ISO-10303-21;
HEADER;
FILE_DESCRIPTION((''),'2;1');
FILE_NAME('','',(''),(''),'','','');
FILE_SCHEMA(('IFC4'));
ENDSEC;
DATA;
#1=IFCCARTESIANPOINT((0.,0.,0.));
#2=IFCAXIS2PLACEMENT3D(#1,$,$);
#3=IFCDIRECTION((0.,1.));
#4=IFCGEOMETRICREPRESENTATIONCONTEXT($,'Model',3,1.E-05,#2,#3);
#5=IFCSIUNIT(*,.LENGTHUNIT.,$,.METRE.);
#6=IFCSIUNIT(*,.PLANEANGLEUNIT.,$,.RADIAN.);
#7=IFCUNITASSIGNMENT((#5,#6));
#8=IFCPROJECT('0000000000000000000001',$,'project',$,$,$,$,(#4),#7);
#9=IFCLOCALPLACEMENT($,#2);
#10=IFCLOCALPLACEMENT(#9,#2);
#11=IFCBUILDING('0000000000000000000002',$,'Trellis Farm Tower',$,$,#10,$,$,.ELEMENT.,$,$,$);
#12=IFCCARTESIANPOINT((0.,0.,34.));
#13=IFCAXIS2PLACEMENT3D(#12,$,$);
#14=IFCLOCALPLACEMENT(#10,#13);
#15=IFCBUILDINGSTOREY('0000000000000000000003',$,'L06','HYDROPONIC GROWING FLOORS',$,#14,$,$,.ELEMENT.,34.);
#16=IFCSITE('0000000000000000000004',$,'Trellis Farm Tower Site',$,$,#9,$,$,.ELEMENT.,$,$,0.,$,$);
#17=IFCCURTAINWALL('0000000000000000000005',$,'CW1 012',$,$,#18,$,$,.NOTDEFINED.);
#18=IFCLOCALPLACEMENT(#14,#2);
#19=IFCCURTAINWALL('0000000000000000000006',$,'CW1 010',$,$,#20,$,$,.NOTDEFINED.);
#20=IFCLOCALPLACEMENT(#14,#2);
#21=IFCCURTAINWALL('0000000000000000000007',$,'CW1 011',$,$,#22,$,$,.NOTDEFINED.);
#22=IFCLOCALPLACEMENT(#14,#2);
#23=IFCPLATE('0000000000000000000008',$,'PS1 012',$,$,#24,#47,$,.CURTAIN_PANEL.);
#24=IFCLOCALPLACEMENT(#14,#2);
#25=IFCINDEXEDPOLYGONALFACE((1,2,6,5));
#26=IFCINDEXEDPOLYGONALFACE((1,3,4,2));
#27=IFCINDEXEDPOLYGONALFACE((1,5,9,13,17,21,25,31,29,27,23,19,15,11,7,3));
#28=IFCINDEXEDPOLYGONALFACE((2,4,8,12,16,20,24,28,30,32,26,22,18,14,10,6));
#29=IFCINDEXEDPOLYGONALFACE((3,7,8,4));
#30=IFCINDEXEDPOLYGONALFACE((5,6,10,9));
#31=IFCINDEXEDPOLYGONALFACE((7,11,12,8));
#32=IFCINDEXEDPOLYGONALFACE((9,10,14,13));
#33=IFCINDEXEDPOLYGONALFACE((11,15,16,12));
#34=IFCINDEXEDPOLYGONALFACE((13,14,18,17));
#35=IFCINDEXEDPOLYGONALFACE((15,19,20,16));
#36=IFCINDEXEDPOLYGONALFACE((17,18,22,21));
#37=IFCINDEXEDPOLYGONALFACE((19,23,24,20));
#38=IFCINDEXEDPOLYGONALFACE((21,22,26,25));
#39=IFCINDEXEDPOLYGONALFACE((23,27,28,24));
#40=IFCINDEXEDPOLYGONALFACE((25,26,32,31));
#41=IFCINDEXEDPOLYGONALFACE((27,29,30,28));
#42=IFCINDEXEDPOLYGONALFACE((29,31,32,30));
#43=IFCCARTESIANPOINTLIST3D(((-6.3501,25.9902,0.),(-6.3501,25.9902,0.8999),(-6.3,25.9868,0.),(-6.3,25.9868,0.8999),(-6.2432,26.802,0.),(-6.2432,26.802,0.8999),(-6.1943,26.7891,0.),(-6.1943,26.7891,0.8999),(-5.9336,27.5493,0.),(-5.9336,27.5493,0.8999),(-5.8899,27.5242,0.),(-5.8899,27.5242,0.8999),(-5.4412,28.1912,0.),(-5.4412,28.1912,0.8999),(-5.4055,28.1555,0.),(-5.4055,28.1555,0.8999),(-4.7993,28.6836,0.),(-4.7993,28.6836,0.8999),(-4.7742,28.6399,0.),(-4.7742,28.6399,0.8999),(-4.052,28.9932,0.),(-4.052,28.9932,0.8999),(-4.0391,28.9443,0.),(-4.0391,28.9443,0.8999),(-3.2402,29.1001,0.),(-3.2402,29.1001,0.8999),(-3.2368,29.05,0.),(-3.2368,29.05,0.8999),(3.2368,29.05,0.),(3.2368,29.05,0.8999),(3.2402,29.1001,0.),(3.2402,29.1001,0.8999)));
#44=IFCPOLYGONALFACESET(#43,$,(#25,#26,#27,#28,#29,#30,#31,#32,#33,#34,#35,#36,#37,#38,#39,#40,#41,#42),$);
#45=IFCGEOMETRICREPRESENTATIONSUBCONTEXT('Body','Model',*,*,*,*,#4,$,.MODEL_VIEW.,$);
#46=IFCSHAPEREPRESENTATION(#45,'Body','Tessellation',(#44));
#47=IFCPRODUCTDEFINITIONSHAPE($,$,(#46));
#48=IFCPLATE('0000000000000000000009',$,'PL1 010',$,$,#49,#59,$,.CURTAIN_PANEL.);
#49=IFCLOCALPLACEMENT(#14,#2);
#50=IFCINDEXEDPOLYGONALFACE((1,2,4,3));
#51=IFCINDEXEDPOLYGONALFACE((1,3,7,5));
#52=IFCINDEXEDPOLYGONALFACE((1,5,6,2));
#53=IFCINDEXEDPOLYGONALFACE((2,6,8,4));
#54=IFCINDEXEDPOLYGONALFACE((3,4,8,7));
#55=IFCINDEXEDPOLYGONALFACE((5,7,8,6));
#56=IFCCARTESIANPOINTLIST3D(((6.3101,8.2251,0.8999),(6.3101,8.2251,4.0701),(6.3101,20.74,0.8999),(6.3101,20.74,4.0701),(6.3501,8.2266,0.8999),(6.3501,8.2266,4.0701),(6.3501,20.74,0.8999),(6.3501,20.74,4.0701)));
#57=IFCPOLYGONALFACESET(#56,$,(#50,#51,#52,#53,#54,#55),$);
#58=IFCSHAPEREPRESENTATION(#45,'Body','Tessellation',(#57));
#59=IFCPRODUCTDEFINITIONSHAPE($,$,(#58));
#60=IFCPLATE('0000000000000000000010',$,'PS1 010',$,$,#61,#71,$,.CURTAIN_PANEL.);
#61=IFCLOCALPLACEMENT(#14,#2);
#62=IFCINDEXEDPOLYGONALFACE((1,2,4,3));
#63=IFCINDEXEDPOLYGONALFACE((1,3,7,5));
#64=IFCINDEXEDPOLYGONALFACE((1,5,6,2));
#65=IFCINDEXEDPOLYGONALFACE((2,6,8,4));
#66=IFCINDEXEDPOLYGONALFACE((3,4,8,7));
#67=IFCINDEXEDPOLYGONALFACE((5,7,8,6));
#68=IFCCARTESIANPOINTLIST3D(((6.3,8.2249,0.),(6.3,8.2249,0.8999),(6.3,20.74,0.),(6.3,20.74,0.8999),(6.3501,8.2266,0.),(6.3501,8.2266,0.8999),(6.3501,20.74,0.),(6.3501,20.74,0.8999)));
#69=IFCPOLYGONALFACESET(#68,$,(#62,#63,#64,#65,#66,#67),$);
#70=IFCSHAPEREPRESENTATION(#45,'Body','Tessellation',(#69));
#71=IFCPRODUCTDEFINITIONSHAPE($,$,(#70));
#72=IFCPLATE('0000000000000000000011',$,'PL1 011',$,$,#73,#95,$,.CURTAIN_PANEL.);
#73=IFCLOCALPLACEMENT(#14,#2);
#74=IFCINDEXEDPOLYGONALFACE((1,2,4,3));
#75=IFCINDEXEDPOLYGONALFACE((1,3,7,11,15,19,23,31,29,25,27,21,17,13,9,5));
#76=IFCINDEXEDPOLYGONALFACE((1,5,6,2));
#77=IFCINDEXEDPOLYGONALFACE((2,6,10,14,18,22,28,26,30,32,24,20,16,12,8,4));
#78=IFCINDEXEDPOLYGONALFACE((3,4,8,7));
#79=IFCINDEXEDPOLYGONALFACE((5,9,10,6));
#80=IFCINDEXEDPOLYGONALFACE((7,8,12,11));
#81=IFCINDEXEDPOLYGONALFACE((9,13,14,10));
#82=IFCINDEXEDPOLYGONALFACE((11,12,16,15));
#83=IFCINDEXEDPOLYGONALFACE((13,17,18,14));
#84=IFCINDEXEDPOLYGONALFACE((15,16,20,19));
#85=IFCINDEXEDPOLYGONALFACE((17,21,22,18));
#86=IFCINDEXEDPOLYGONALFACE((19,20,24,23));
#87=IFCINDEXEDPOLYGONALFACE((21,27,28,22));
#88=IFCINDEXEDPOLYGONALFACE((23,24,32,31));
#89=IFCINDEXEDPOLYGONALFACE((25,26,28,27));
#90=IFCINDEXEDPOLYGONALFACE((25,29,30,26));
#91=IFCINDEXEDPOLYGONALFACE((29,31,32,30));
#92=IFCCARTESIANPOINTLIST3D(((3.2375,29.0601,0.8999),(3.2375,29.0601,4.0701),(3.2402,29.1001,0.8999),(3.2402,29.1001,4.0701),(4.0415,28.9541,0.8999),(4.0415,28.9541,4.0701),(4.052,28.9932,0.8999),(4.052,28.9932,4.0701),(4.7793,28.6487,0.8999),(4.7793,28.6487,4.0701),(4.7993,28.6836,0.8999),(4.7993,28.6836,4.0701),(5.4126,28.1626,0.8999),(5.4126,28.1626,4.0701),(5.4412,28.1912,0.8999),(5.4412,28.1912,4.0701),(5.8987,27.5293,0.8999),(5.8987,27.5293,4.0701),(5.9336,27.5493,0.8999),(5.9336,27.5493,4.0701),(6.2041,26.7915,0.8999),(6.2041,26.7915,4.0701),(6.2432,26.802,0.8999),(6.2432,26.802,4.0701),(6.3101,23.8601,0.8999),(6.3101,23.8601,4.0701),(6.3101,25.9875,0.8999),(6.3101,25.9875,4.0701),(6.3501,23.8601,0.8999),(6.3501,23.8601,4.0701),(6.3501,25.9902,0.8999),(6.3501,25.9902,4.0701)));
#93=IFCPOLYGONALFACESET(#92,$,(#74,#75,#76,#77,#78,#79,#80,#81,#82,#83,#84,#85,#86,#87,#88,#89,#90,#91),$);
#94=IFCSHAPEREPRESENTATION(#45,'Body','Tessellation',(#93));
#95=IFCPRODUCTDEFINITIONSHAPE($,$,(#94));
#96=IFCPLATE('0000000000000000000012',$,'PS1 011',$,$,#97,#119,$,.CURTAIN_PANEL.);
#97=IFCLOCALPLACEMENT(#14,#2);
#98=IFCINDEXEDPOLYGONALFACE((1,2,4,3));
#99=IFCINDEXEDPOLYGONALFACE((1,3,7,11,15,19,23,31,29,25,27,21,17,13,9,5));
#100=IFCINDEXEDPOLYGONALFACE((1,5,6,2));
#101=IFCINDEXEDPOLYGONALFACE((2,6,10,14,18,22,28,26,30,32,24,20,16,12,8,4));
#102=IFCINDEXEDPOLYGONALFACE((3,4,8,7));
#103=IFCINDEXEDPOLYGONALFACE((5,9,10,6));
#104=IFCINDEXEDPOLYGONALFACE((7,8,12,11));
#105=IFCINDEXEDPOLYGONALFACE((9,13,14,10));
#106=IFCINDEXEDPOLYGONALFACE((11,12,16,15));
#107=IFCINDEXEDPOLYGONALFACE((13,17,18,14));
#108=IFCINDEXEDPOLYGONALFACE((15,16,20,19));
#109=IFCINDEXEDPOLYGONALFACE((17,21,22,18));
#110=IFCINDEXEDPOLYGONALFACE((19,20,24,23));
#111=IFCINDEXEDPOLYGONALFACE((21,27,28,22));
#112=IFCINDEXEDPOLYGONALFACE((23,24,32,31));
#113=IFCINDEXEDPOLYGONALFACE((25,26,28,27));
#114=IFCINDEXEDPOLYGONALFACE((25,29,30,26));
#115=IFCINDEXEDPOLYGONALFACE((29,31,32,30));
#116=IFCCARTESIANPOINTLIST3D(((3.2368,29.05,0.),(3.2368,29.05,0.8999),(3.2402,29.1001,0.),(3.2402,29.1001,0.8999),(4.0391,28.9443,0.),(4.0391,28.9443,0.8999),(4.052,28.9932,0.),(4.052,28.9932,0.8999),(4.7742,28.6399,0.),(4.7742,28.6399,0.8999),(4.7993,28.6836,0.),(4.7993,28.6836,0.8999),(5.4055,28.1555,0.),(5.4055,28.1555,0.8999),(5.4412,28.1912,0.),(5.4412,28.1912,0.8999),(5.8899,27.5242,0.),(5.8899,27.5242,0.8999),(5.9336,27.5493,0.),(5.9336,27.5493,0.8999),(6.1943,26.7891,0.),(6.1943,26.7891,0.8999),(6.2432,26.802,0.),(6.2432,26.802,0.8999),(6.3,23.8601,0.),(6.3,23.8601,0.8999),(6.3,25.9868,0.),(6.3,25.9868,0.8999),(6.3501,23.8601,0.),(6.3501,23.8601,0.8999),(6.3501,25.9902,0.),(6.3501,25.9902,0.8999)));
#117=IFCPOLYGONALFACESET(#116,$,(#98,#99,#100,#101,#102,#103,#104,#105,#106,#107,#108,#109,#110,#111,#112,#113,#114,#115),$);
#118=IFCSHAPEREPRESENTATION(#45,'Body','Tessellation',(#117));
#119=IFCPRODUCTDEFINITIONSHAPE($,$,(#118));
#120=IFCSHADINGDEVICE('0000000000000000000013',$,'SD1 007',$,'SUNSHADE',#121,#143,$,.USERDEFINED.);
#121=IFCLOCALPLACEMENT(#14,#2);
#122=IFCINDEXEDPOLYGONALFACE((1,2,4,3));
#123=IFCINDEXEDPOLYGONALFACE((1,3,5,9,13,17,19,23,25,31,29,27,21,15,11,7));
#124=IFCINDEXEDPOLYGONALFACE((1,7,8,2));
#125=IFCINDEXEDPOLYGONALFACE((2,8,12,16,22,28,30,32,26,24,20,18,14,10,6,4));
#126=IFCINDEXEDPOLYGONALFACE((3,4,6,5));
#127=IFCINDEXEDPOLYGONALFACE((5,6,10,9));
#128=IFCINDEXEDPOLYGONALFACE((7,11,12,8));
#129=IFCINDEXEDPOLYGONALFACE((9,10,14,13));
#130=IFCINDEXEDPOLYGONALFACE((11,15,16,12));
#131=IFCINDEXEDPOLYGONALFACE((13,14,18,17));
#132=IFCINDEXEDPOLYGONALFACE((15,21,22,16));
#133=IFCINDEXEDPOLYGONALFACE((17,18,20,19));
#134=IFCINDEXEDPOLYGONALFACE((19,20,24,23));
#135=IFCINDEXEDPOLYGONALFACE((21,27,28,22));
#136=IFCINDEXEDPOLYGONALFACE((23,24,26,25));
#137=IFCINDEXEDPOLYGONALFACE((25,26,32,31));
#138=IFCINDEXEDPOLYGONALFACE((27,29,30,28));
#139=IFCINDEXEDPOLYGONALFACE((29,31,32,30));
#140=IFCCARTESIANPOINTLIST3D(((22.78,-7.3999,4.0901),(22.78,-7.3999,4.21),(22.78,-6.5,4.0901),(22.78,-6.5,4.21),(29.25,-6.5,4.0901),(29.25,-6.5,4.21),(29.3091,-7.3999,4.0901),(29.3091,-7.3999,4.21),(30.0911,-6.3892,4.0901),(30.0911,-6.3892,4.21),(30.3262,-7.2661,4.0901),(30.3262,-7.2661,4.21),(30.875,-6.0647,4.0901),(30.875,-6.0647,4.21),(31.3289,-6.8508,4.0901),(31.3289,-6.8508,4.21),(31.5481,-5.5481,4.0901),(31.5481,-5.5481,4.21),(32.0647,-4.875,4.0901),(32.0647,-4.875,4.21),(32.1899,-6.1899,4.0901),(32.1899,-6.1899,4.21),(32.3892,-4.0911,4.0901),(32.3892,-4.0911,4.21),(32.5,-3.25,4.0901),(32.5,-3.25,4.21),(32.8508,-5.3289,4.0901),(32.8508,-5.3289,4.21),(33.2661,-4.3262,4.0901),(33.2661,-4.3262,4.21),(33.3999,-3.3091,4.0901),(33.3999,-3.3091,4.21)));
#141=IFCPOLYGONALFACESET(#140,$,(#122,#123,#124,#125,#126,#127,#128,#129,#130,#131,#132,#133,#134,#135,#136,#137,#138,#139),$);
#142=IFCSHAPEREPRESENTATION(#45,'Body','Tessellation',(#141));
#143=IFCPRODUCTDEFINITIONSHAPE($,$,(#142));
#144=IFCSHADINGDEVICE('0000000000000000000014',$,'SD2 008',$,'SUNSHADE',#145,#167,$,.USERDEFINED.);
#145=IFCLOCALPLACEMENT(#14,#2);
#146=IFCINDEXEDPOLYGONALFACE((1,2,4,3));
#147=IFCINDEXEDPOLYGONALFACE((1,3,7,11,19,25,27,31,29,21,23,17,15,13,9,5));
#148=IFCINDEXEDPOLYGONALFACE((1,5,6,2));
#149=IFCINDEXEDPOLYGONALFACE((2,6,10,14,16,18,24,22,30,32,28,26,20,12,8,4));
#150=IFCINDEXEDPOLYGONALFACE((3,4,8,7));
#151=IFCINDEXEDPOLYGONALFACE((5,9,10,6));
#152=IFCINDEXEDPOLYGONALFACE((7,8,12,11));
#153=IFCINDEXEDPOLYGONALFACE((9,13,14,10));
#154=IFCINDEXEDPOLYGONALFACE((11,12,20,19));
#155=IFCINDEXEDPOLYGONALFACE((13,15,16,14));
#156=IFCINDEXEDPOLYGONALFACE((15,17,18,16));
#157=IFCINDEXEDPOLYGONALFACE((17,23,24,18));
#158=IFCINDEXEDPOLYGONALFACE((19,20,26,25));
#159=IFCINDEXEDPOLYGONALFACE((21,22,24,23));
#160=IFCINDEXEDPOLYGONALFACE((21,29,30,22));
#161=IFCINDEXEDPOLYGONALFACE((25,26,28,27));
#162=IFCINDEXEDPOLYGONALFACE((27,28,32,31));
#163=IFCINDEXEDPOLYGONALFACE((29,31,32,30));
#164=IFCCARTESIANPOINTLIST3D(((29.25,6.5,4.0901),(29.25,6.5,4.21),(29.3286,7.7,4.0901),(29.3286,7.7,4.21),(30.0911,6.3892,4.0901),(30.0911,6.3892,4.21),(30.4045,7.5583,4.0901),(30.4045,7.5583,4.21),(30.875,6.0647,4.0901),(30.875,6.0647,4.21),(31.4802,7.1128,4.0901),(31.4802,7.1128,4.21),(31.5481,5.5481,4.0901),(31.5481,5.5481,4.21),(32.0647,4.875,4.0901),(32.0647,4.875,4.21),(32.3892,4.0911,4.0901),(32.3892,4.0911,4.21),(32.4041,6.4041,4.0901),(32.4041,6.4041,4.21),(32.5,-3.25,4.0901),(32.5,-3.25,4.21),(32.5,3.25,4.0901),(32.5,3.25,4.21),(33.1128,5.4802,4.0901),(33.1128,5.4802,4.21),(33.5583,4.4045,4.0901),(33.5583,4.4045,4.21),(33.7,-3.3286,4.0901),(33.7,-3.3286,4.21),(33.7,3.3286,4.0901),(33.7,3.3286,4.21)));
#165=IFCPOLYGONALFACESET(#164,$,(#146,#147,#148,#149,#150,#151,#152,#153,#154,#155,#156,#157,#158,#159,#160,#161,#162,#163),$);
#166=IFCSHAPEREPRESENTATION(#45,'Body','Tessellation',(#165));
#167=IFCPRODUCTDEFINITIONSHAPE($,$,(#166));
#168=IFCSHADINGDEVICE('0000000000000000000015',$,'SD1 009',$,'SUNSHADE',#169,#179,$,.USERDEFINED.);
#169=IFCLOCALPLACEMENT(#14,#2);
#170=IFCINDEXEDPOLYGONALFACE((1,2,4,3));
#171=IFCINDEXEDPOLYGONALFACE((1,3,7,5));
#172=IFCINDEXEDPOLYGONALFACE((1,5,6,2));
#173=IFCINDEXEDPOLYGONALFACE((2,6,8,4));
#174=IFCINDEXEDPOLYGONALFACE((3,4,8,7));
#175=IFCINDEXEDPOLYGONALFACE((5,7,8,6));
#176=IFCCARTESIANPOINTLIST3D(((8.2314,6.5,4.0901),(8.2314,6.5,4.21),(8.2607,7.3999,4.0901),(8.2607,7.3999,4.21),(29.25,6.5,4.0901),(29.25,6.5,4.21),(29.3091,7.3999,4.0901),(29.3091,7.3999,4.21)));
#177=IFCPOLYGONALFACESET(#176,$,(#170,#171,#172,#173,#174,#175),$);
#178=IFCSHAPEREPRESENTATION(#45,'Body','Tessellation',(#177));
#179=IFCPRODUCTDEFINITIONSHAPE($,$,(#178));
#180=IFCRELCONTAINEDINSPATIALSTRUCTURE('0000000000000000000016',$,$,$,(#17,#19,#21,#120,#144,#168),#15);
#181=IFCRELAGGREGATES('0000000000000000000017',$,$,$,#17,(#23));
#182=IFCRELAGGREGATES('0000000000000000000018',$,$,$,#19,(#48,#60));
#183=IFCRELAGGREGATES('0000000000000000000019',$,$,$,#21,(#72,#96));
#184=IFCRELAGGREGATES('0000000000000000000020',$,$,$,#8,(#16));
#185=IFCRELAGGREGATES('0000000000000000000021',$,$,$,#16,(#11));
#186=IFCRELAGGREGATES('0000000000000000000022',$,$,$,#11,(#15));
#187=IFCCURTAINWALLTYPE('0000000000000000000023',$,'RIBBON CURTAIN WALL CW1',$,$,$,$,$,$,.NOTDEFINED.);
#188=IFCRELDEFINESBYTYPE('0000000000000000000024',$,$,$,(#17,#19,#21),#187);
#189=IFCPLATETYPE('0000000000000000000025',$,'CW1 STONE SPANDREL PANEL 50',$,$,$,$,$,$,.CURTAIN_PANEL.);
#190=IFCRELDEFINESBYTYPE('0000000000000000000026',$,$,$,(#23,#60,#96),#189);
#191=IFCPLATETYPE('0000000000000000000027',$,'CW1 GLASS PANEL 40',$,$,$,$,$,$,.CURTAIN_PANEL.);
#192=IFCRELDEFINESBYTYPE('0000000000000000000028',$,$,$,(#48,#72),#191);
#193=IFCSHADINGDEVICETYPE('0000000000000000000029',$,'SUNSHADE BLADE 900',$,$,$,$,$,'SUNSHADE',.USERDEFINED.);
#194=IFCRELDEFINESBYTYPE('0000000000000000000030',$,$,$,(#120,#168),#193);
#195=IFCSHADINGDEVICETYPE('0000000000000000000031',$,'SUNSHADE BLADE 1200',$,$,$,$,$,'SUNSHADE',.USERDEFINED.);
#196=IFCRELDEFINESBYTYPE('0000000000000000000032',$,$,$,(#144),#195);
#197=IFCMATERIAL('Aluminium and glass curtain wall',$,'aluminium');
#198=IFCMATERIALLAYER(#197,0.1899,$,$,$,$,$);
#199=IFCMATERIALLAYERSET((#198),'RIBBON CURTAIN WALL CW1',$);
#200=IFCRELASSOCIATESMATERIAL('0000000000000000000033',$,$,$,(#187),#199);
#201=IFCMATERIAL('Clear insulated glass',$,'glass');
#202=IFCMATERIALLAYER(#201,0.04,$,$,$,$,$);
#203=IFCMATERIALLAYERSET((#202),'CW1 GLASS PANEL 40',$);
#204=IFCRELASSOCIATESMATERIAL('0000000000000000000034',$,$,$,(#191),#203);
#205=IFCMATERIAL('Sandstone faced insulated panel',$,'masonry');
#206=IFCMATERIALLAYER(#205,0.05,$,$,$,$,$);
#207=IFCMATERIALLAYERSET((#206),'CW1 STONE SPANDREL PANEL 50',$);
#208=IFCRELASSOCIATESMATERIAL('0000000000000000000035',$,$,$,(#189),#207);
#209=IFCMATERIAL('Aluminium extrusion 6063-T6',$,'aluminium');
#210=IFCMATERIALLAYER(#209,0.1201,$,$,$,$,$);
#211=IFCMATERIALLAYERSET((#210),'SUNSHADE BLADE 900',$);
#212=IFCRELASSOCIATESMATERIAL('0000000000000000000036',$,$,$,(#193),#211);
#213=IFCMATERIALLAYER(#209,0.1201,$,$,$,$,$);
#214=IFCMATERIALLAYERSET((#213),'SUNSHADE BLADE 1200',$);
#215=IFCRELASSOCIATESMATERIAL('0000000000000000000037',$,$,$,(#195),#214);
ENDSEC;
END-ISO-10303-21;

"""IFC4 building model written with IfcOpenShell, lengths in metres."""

from ifc_helpers import new_model, si_unit, direction, frame, origin, place, context, subcontext, project, spatial, polyline, outline, extrude, source, transform, mapped, material, layer, layer_set, type_object, element, aggregate, save


model = new_model("IFC4")

# Units and contexts
model_context = context("Model", 3, precision=1e-05, world=origin(), true_north=direction((0.0, 1.0)))
body_context = subcontext(model_context, "Body", "Model", "MODEL_VIEW")
ifc_project = project(units=[si_unit("LENGTHUNIT", "METRE"), si_unit("PLANEANGLEUNIT", "RADIAN")], contexts=[model_context])

# Site, building, storey
site_placement = place(None, origin())
site = spatial("IfcSite", under=ifc_project, at=site_placement, Name="Trellis Farm Tower Site", CompositionType="ELEMENT", RefElevation=0.0)
building_placement = place(site_placement, origin())
building = spatial("IfcBuilding", under=site, at=building_placement, Name="Trellis Farm Tower", CompositionType="ELEMENT")
storey_placement = place(building_placement, frame((0.0, 0.0, 34.0)))
storey = spatial("IfcBuildingStorey", under=building, at=storey_placement, Name="L06", Description="HYDROPONIC GROWING FLOORS", CompositionType="ELEMENT", Elevation=34.0)

# Curtain walls
ifc_material_1 = material(Name="Aluminium and glass curtain wall", Category="aluminium")
ifc_layer_1 = layer(ifc_material_1, 0.1899)
ifc_layer_set_1 = layer_set([ifc_layer_1], Name="RIBBON CURTAIN WALL CW1")
curtain_wall_type_1 = type_object("IfcCurtainWallType", Name="RIBBON CURTAIN WALL CW1", PredefinedType="NOTDEFINED", material=ifc_layer_set_1)
placement_1 = place(storey_placement, origin())
ifc_material_2 = material(Name="Aluminium extrusion 6063-T6", Category="aluminium")
curtain_wall_1 = element("IfcCurtainWall", 1, at=placement_1, inside=storey, type_object=curtain_wall_type_1, Name="CW1 012", PredefinedType="NOTDEFINED")
curtain_wall_2 = element("IfcCurtainWall", 2, at=placement_1, inside=storey, type_object=curtain_wall_type_1, Name="CW1 010", PredefinedType="NOTDEFINED")
curtain_wall_3 = element("IfcCurtainWall", 3, at=placement_1, inside=storey, type_object=curtain_wall_type_1, Name="CW1 011", PredefinedType="NOTDEFINED")

# Plates
ifc_material_3 = material(Name="Clear insulated glass", Category="glass")
ifc_layer_2 = layer(ifc_material_3, 0.04)
ifc_layer_set_2 = layer_set([ifc_layer_2], Name="CW1 GLASS PANEL 40")
plate_type_1 = type_object("IfcPlateType", Name="CW1 GLASS PANEL 40", PredefinedType="CURTAIN_PANEL", material=ifc_layer_set_2)
placement_2 = place(storey_placement, frame((0.0, 0.0, 0.8999)))
ifc_material_4 = material(Name="Sandstone faced insulated panel", Category="masonry")
ifc_layer_3 = layer(ifc_material_4, 0.05)
ifc_layer_set_3 = layer_set([ifc_layer_3], Name="CW1 STONE SPANDREL PANEL 50")
plate_type_2 = type_object("IfcPlateType", Name="CW1 STONE SPANDREL PANEL 50", PredefinedType="CURTAIN_PANEL", material=ifc_layer_set_3)
shared_shape_1 = source(origin(), body_context, "Body", "SweptSolid", [
    extrude(outline(polyline([(3.2402, 29.1001), (-3.2402, 29.1001), (-4.052, 28.9932), (-4.7993, 28.6836), (-5.4412, 28.1912), (-5.9336, 27.5493), (-6.2432, 26.802), (-6.3501, 25.9902), (-6.3, 25.9868), (-6.1943, 26.7891), (-5.8899, 27.5242), (-5.4055, 28.1555), (-4.7742, 28.6399), (-4.0391, 28.9443), (-3.2368, 29.05), (3.2368, 29.05), (3.2402, 29.1001)])), origin(), (0.0, 0.0, 1.0), 0.8999),
])
plate_1 = element("IfcPlate", 4, at=placement_1, type_object=plate_type_2, Name="PS1 012", PredefinedType="CURTAIN_PANEL", context=body_context, shape_type="MappedRepresentation", body=[
    mapped(shared_shape_1, transform((0.0, 0.0, 0.0))),
])
aggregate(curtain_wall_1, [plate_1])
shared_shape_2 = source(origin(), body_context, "Body", "SweptSolid", [
    extrude(outline(polyline([(6.3501, 8.2266), (6.3501, 20.74), (6.3101, 20.74), (6.3101, 8.2251), (6.3501, 8.2266)])), origin(), (0.0, 0.0, 1.0), 3.1702),
])
plate_2 = element("IfcPlate", 5, at=placement_2, type_object=plate_type_1, Name="PL1 010", PredefinedType="CURTAIN_PANEL", context=body_context, shape_type="MappedRepresentation", body=[
    mapped(shared_shape_2, transform((0.0, 0.0, 0.0))),
])
shared_shape_3 = source(origin(), body_context, "Body", "SweptSolid", [
    extrude(outline(polyline([(6.3501, 8.2266), (6.3501, 20.74), (6.3, 20.74), (6.3, 8.2249), (6.3501, 8.2266)])), origin(), (0.0, 0.0, 1.0), 0.8999),
])
plate_3 = element("IfcPlate", 6, at=placement_1, type_object=plate_type_2, Name="PS1 010", PredefinedType="CURTAIN_PANEL", context=body_context, shape_type="MappedRepresentation", body=[
    mapped(shared_shape_3, transform((0.0, 0.0, 0.0))),
])
aggregate(curtain_wall_2, [plate_2, plate_3])
shared_shape_4 = source(origin(), body_context, "Body", "SweptSolid", [
    extrude(outline(polyline([(6.3501, 23.8601), (6.3501, 25.9902), (6.2432, 26.802), (5.9336, 27.5493), (5.4412, 28.1912), (4.7993, 28.6836), (4.052, 28.9932), (3.2402, 29.1001), (3.2375, 29.0601), (4.0415, 28.9541), (4.7793, 28.6487), (5.4126, 28.1626), (5.8987, 27.5293), (6.2041, 26.7915), (6.3101, 25.9875), (6.3101, 23.8601), (6.3501, 23.8601)])), origin(), (0.0, 0.0, 1.0), 3.1702),
])
plate_4 = element("IfcPlate", 7, at=placement_2, type_object=plate_type_1, Name="PL1 011", PredefinedType="CURTAIN_PANEL", context=body_context, shape_type="MappedRepresentation", body=[
    mapped(shared_shape_4, transform((0.0, 0.0, 0.0))),
])
shared_shape_5 = source(origin(), body_context, "Body", "SweptSolid", [
    extrude(outline(polyline([(6.3501, 23.8601), (6.3501, 25.9902), (6.2432, 26.802), (5.9336, 27.5493), (5.4412, 28.1912), (4.7993, 28.6836), (4.052, 28.9932), (3.2402, 29.1001), (3.2368, 29.05), (4.0391, 28.9443), (4.7742, 28.6399), (5.4055, 28.1555), (5.8899, 27.5242), (6.1943, 26.7891), (6.3, 25.9868), (6.3, 23.8601), (6.3501, 23.8601)])), origin(), (0.0, 0.0, 1.0), 0.8999),
])
plate_5 = element("IfcPlate", 8, at=placement_1, type_object=plate_type_2, Name="PS1 011", PredefinedType="CURTAIN_PANEL", context=body_context, shape_type="MappedRepresentation", body=[
    mapped(shared_shape_5, transform((0.0, 0.0, 0.0))),
])
aggregate(curtain_wall_3, [plate_4, plate_5])

# Shading devices
ifc_layer_4 = layer(ifc_material_2, 0.1201)
ifc_layer_set_4 = layer_set([ifc_layer_4], Name="SUNSHADE BLADE 900")
shading_device_type_1 = type_object("IfcShadingDeviceType", Name="SUNSHADE BLADE 900", ElementType="SUNSHADE", PredefinedType="USERDEFINED", material=ifc_layer_set_4)
shared_shape_6 = source(origin(), body_context, "Body", "SweptSolid", [
    extrude(outline(polyline([(22.78, -7.3999), (29.3091, -7.3999), (30.3262, -7.2661), (31.3289, -6.8508), (32.1899, -6.1899), (32.8508, -5.3289), (33.2661, -4.3262), (33.3999, -3.3091), (32.5, -3.25), (32.3892, -4.0911), (32.0647, -4.875), (31.5481, -5.5481), (30.875, -6.0647), (30.0911, -6.3892), (29.25, -6.5), (22.78, -6.5), (22.78, -7.3999)])), origin(), (0.0, 0.0, 1.0), 0.1199),
])
placement_3 = place(storey_placement, frame((0.0, 0.0, 4.0901)))
element("IfcShadingDevice", 9, at=placement_3, inside=storey, type_object=shading_device_type_1, Name="SD1 007", ObjectType="SUNSHADE", PredefinedType="USERDEFINED", context=body_context, shape_type="MappedRepresentation", body=[
    mapped(shared_shape_6, transform((0.0, 0.0, 0.0))),
])
ifc_layer_5 = layer(ifc_material_2, 0.1201)
ifc_layer_set_5 = layer_set([ifc_layer_5], Name="SUNSHADE BLADE 1200")
shading_device_type_2 = type_object("IfcShadingDeviceType", Name="SUNSHADE BLADE 1200", ElementType="SUNSHADE", PredefinedType="USERDEFINED", material=ifc_layer_set_5)
shared_shape_7 = source(origin(), body_context, "Body", "SweptSolid", [
    extrude(outline(polyline([(33.7, -3.3286), (33.7, 3.3286), (33.5583, 4.4045), (33.1128, 5.4802), (32.4041, 6.4041), (31.4802, 7.1128), (30.4045, 7.5583), (29.3286, 7.7), (29.25, 6.5), (30.0911, 6.3892), (30.875, 6.0647), (31.5481, 5.5481), (32.0647, 4.875), (32.3892, 4.0911), (32.5, 3.25), (32.5, -3.25), (33.7, -3.3286)])), origin(), (0.0, 0.0, 1.0), 0.1199),
])
element("IfcShadingDevice", 10, at=placement_3, inside=storey, type_object=shading_device_type_2, Name="SD2 008", ObjectType="SUNSHADE", PredefinedType="USERDEFINED", context=body_context, shape_type="MappedRepresentation", body=[
    mapped(shared_shape_7, transform((0.0, 0.0, 0.0))),
])
shared_shape_8 = source(origin(), body_context, "Body", "SweptSolid", [
    extrude(outline(polyline([(29.3091, 7.3999), (8.2607, 7.3999), (8.2314, 6.5), (29.25, 6.5), (29.3091, 7.3999)])), origin(), (0.0, 0.0, 1.0), 0.1199),
])
element("IfcShadingDevice", 11, at=placement_3, inside=storey, type_object=shading_device_type_1, Name="SD1 009", ObjectType="SUNSHADE", PredefinedType="USERDEFINED", context=body_context, shape_type="MappedRepresentation", body=[
    mapped(shared_shape_8, transform((0.0, 0.0, 0.0))),
])

save(model, "model.ifc")
